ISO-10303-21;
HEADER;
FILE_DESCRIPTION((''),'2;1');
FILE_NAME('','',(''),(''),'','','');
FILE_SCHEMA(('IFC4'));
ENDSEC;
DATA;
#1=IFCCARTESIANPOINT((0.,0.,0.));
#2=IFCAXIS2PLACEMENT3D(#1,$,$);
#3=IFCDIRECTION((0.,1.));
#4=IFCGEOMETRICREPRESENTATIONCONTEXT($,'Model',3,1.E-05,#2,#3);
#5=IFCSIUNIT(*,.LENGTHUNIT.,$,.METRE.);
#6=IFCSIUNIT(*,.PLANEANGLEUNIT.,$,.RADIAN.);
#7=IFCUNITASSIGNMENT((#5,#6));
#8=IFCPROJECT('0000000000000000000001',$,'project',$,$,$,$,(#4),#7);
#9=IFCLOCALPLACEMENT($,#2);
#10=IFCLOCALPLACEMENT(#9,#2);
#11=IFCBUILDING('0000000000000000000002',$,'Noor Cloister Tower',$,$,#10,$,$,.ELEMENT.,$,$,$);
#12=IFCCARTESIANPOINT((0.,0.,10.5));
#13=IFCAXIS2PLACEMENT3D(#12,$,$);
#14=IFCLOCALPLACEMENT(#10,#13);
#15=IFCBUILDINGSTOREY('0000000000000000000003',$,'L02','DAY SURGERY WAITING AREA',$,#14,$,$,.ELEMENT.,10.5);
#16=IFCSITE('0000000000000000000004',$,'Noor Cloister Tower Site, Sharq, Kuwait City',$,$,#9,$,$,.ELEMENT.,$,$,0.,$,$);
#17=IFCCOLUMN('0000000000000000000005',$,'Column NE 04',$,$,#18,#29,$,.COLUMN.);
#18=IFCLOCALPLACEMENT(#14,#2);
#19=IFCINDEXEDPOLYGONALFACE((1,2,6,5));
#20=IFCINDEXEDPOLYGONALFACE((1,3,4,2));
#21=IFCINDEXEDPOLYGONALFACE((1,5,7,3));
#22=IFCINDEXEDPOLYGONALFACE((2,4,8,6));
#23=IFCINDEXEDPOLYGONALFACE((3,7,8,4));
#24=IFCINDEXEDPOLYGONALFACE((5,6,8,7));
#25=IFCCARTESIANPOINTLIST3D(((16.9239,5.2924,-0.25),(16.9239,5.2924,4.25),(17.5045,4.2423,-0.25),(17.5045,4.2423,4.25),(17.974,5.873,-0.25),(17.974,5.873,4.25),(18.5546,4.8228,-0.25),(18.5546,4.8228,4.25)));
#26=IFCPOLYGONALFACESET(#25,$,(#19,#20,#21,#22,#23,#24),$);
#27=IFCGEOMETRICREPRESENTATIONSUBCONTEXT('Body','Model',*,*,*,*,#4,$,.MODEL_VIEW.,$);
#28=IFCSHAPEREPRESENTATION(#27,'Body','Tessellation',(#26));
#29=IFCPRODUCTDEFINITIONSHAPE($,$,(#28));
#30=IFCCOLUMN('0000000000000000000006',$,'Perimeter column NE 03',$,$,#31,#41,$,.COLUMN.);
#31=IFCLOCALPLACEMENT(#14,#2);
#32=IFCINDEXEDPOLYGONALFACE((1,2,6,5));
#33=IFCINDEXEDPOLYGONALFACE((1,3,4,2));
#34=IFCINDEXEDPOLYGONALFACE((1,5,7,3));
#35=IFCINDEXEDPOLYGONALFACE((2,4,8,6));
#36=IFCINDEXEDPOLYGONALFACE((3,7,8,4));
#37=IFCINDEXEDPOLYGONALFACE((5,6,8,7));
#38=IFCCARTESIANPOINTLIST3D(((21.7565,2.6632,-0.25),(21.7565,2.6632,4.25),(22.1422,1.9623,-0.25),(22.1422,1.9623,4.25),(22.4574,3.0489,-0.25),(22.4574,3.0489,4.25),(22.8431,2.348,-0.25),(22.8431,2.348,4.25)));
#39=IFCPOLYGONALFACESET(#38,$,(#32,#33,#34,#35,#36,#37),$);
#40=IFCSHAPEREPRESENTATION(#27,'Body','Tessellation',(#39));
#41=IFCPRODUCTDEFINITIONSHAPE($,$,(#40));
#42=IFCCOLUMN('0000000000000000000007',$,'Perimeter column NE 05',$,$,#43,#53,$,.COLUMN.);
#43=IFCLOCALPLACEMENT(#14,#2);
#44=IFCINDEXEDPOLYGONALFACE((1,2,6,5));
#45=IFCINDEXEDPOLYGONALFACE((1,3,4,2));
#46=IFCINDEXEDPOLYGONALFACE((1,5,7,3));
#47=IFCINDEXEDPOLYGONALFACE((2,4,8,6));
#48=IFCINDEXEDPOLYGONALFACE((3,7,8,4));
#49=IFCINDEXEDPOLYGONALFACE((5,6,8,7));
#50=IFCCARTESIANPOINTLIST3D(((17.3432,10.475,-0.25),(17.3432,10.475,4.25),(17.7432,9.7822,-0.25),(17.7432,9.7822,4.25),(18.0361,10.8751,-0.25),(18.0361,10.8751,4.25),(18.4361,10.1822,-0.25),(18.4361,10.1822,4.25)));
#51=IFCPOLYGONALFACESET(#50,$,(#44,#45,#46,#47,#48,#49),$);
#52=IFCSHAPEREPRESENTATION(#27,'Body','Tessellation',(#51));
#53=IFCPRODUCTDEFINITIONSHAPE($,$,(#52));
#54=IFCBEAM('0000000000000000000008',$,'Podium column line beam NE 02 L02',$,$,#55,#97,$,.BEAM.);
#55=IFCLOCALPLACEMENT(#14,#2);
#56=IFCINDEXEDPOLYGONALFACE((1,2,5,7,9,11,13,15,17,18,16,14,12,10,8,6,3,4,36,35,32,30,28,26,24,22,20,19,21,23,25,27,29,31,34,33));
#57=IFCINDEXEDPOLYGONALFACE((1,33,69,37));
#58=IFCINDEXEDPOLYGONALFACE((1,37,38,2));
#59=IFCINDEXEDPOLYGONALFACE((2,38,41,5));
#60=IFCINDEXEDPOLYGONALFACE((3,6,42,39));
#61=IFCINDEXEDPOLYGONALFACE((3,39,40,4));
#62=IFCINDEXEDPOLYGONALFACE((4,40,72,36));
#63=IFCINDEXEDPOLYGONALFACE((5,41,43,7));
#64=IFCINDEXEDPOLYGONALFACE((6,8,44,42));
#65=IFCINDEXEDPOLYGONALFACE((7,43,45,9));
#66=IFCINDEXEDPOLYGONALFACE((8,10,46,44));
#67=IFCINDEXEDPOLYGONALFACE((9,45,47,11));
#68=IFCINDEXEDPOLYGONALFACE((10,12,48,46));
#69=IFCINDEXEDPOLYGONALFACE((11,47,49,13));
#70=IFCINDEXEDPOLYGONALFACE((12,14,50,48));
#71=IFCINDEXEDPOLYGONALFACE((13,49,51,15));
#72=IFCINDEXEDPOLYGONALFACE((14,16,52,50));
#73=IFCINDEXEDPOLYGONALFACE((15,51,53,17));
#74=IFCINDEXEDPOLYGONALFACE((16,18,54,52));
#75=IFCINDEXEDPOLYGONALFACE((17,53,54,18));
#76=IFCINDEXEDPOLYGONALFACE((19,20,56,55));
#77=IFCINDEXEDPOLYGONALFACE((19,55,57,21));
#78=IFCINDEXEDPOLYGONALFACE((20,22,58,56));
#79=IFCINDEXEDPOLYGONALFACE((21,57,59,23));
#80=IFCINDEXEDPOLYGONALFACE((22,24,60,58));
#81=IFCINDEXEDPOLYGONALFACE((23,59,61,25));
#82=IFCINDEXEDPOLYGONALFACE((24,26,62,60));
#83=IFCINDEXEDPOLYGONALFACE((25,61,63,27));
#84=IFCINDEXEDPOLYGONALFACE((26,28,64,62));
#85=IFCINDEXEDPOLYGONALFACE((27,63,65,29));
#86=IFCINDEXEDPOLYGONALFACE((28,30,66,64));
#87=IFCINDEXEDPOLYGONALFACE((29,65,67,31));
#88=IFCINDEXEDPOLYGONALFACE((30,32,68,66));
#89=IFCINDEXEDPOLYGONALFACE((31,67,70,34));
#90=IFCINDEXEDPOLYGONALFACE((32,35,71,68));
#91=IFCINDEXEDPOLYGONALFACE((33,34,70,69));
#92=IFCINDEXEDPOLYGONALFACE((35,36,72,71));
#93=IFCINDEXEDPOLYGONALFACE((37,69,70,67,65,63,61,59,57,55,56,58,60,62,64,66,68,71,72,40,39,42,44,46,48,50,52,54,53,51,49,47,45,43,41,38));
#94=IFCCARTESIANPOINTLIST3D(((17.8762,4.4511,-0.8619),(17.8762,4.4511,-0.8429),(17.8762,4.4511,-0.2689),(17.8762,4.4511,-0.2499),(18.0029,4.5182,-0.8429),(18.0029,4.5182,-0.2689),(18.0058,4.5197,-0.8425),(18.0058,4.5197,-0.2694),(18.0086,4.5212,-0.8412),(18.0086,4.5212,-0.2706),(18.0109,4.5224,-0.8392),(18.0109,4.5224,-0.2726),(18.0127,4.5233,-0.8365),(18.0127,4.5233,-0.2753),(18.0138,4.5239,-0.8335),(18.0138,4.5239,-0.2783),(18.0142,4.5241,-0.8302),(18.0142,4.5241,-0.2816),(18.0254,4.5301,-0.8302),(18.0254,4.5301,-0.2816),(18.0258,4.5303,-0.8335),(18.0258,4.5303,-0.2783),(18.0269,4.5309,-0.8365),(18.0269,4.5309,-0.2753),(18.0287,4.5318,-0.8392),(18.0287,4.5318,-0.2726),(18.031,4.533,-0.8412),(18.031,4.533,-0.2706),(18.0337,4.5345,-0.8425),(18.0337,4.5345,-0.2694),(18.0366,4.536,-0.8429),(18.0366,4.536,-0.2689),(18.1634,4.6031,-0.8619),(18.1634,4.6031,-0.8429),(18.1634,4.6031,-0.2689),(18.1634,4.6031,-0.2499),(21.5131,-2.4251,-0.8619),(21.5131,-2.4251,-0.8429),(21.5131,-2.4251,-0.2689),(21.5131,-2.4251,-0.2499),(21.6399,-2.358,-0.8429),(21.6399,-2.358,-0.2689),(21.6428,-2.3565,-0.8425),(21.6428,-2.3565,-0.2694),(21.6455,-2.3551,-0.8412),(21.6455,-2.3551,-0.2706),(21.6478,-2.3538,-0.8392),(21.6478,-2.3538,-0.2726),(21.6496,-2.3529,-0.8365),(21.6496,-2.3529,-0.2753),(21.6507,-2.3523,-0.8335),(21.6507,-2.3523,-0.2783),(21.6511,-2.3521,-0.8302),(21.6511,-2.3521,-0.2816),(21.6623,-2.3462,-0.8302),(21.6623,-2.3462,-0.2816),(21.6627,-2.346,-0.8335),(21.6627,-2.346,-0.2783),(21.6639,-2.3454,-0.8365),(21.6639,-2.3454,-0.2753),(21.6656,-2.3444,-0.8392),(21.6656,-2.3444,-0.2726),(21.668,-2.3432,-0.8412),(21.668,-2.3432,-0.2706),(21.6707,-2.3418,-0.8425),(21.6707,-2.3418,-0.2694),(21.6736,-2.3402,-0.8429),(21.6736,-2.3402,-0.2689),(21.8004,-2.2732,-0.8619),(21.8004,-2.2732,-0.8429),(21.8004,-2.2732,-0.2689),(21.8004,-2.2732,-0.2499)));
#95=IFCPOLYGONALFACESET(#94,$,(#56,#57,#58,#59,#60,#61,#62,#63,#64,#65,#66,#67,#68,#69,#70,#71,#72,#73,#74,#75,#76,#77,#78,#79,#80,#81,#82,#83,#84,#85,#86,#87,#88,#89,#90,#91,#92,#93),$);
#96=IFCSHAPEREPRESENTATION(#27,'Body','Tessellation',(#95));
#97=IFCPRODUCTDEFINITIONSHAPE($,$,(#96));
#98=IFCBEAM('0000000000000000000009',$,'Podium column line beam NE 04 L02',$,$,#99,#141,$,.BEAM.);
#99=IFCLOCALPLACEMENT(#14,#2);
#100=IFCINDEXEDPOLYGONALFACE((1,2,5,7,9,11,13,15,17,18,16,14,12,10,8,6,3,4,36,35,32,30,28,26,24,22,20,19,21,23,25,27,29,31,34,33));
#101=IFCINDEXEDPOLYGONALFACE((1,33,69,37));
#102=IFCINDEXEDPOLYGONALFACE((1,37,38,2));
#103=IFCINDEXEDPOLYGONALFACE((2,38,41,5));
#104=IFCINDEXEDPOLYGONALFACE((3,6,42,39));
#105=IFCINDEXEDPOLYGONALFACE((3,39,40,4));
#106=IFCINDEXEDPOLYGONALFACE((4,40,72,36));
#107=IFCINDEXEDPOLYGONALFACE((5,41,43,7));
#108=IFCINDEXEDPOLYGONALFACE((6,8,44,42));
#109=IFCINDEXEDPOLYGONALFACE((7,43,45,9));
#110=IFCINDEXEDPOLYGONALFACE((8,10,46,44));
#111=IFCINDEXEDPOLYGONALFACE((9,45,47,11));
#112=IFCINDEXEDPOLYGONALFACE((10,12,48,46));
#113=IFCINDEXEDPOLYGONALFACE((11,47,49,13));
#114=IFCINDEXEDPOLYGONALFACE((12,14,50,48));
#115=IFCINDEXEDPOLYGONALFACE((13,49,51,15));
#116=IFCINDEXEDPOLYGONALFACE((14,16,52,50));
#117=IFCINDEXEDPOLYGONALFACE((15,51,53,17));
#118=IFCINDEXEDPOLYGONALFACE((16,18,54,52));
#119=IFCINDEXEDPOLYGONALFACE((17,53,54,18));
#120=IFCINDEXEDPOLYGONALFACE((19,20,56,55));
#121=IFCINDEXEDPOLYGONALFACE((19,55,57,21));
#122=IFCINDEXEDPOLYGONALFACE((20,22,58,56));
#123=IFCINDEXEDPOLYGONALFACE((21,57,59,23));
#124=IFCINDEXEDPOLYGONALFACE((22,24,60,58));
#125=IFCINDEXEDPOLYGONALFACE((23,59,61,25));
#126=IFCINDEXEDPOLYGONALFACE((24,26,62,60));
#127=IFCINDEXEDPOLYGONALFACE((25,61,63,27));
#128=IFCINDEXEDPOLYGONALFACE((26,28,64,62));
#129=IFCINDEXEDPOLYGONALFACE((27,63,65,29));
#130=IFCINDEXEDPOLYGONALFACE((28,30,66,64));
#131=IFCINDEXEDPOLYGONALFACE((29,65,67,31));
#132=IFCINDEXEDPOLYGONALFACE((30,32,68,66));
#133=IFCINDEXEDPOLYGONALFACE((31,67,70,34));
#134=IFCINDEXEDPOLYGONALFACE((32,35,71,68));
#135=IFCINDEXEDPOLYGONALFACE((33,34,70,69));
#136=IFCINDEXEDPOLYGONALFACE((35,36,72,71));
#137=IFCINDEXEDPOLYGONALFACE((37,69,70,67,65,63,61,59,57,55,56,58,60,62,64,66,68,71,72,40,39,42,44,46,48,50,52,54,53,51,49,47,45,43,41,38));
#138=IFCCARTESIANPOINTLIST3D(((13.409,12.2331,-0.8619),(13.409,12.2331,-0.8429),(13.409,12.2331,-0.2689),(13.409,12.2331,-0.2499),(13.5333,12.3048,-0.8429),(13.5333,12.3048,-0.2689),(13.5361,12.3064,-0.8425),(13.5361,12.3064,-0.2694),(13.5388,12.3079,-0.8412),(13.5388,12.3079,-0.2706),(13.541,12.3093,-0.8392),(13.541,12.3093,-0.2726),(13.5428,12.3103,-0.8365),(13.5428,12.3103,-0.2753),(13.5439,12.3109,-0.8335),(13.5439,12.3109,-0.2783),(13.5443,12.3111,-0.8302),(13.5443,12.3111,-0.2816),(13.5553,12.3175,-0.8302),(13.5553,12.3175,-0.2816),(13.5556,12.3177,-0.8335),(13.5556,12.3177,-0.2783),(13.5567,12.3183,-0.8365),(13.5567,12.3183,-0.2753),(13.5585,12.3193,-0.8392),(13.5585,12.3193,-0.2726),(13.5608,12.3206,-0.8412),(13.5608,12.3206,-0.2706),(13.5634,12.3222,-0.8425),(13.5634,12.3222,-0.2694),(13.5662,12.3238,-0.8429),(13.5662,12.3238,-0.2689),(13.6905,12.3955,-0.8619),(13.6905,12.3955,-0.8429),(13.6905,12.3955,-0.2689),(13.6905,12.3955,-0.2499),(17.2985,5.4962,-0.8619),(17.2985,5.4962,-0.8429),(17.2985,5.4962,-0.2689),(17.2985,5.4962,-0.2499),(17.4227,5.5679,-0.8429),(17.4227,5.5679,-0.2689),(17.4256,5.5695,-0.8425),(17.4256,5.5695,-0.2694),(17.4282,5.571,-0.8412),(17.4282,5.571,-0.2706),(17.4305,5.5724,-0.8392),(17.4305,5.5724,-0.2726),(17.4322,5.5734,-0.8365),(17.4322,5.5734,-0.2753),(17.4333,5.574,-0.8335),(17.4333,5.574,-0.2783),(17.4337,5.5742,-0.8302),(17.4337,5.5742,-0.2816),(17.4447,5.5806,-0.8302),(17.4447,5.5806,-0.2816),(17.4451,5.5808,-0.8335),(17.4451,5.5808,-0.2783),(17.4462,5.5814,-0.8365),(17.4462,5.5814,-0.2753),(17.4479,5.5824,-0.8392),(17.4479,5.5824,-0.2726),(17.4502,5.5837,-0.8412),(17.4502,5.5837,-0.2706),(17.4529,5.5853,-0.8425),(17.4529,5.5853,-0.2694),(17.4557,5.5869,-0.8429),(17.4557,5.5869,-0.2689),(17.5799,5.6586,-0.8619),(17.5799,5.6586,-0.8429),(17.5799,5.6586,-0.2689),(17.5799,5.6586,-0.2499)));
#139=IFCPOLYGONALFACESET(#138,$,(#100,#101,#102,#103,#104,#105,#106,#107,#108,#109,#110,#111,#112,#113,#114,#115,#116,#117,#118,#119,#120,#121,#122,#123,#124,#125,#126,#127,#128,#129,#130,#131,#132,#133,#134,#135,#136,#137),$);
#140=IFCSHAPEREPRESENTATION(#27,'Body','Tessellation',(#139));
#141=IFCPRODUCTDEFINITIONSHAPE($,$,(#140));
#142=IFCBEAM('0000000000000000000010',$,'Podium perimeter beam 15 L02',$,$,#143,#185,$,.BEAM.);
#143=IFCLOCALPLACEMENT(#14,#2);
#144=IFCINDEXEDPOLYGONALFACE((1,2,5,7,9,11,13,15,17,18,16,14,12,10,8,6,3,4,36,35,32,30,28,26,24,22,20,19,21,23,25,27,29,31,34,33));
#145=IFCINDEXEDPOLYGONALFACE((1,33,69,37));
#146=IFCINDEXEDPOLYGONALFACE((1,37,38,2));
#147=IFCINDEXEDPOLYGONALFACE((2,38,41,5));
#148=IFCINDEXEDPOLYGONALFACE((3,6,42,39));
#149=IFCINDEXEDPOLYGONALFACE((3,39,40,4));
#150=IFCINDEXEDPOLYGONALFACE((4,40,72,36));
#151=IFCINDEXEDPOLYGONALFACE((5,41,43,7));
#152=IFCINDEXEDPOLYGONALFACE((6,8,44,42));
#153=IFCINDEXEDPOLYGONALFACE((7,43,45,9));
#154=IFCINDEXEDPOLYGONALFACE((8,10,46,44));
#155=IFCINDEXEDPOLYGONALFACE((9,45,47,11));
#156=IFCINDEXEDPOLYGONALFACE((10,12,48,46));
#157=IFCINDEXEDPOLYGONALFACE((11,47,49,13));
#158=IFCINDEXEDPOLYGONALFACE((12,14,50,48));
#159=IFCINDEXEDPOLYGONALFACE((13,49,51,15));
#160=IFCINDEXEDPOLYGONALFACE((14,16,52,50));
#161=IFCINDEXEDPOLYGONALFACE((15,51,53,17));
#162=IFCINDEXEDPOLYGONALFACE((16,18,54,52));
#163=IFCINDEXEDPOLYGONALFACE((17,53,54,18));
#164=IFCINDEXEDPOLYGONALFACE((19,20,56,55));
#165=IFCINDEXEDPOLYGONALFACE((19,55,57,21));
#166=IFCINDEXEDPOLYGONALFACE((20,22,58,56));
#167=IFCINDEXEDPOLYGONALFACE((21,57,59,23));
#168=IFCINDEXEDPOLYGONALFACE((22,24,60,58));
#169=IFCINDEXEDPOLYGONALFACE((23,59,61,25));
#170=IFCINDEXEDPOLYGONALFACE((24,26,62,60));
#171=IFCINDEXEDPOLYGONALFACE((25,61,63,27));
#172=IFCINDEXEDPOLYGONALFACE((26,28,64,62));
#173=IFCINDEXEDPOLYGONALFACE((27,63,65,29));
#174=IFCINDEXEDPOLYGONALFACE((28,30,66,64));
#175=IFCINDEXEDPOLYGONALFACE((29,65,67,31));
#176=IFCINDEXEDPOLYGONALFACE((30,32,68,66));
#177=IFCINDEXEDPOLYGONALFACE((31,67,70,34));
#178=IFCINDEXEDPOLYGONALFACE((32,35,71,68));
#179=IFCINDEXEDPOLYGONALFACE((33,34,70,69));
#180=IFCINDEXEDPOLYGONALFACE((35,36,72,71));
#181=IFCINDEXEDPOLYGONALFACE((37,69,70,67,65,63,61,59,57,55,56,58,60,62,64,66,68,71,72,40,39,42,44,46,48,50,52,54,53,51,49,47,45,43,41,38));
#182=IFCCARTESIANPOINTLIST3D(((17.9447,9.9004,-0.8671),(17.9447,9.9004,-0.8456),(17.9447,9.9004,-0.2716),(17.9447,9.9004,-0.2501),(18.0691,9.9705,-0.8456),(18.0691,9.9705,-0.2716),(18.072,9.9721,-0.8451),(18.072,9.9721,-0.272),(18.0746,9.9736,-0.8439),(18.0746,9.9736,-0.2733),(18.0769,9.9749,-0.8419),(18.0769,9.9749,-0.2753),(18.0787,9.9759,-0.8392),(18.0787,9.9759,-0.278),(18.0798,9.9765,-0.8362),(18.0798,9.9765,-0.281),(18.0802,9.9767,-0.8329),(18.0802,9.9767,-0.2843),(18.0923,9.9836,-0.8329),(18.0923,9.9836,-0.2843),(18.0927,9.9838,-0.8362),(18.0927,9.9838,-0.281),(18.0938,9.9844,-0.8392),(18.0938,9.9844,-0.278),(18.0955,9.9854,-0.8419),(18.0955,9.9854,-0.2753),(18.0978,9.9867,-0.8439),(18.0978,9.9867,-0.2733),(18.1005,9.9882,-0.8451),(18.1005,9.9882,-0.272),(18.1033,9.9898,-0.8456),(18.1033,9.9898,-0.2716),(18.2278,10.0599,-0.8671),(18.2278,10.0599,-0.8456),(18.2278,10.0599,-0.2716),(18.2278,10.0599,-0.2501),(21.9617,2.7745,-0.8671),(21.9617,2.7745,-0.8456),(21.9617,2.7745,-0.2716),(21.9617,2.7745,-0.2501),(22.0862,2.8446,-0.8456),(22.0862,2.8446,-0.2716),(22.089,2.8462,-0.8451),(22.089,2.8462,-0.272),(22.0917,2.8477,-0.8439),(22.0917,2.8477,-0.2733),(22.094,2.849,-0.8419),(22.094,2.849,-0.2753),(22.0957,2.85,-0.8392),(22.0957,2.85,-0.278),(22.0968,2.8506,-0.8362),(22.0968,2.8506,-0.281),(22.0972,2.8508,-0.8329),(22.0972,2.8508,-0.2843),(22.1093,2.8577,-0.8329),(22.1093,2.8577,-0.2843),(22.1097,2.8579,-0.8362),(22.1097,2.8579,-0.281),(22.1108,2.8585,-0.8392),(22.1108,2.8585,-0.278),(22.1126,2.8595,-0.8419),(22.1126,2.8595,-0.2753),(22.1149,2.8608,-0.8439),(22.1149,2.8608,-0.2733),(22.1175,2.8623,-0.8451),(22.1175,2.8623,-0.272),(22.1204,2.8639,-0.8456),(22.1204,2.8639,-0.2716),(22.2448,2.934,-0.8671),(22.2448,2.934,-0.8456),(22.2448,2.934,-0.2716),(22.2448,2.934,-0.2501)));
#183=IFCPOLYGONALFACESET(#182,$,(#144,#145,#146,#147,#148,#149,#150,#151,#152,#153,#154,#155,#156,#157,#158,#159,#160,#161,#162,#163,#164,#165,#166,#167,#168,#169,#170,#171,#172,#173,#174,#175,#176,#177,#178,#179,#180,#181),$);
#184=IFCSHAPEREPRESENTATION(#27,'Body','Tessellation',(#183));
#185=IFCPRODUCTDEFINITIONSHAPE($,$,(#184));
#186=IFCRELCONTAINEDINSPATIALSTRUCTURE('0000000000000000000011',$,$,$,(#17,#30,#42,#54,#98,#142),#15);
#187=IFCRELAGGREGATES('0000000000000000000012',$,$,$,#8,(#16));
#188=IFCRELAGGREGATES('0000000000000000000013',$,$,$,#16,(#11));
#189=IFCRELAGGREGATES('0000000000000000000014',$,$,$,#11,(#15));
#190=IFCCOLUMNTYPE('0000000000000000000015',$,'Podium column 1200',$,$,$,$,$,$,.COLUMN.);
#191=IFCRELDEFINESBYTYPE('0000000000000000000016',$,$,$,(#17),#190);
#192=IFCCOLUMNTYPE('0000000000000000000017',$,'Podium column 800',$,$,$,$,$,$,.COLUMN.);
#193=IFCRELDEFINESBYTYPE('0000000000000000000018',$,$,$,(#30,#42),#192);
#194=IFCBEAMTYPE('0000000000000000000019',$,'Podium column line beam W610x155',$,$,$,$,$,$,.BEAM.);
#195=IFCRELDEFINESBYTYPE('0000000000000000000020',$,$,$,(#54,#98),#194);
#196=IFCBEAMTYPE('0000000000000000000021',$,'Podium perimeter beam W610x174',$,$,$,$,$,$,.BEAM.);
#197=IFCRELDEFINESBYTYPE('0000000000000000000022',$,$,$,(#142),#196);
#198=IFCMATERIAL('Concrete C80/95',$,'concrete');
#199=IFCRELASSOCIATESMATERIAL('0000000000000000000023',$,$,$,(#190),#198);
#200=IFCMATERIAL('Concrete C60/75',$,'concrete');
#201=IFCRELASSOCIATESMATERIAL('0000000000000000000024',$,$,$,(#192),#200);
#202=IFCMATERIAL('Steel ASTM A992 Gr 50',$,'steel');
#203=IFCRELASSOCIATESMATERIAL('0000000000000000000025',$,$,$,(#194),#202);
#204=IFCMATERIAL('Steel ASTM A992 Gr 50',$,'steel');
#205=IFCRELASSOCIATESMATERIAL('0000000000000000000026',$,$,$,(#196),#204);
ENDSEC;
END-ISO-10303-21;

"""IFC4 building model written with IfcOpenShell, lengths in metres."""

from ifc_helpers import new_model, si_unit, direction, frame, origin, origin_2d, place, context, subcontext, project, spatial, rectangle, i_section, extrude, material, material_profile, profile_set, type_object, element, save


model = new_model("IFC4")

# Units and contexts
model_context = context("Model", 3, precision=1e-05, world=origin(), true_north=direction((0.0, 1.0)))
body_context = subcontext(model_context, "Body", "Model", "MODEL_VIEW")
ifc_project = project(units=[si_unit("LENGTHUNIT", "METRE"), si_unit("PLANEANGLEUNIT", "RADIAN")], contexts=[model_context])

# Site, building, storey
site_placement = place(None, origin())
site = spatial("IfcSite", under=ifc_project, at=site_placement, Name="Noor Cloister Tower Site, Sharq, Kuwait City", CompositionType="ELEMENT", RefElevation=0.0)
building_placement = place(site_placement, origin())
building = spatial("IfcBuilding", under=site, at=building_placement, Name="Noor Cloister Tower", CompositionType="ELEMENT")
storey_placement = place(building_placement, frame((0.0, 0.0, 10.5)))
storey = spatial("IfcBuildingStorey", under=building, at=storey_placement, Name="L02", Description="DAY SURGERY WAITING AREA", CompositionType="ELEMENT", Elevation=10.5)

# Columns
ifc_material_1 = material(Name="Concrete C80/95", Category="concrete")
ifc_material_profile_1 = material_profile(ifc_material_1, rectangle(XDim=1.2, YDim=1.2, at=origin_2d()), Name="Podium column 1200")
ifc_profile_set_1 = profile_set([ifc_material_profile_1], Name="Concrete C80/95")
column_type_1 = type_object("IfcColumnType", Name="Podium column 1200", PredefinedType="COLUMN", material=ifc_profile_set_1)
column_placement = place(storey_placement, frame((17.7393, 5.0576, -0.25), z_axis=(0.0, 0.0, 1.0), x_axis=(0.875153, 0.483847, 0.0)))
element("IfcColumn", 1, at=column_placement, inside=storey, type_object=column_type_1, Name="Column NE 04", PredefinedType="COLUMN", context=body_context, shape_type="SweptSolid", body=[
    extrude(rectangle(XDim=1.2, YDim=1.2, at=origin_2d()), origin(), (0.0, 0.0, 1.0), 4.5),
])
ifc_material_2 = material(Name="Concrete C60/75", Category="concrete")
ifc_material_profile_2 = material_profile(ifc_material_2, rectangle(XDim=0.8, YDim=0.8, at=origin_2d()), Name="Podium column 800")
ifc_profile_set_2 = profile_set([ifc_material_profile_2], Name="Concrete C60/75")
column_type_2 = type_object("IfcColumnType", Name="Podium column 800", PredefinedType="COLUMN", material=ifc_profile_set_2)
for number, where, z_axis, x_axis, name in (
    (2, (22.2998, 2.5056, -0.25), (0.0, 0.0, 1.0), (0.876111, 0.482109, 0.0), "Perimeter column NE 03"),
    (3, (17.8896, 10.3286, -0.25), (0.0, 0.0, 1.0), (0.866025, 0.5, 0.0), "Perimeter column NE 05"),
):
    element("IfcColumn", number, at=place(storey_placement, frame(where, z_axis=z_axis, x_axis=x_axis)), inside=storey, type_object=column_type_2, Name=name, PredefinedType="COLUMN", context=body_context, shape_type="SweptSolid", body=[
        extrude(rectangle(XDim=0.8, YDim=0.8, at=origin_2d()), origin(), (0.0, 0.0, 1.0), 4.5),
    ])

# Beams
ifc_material_3 = material(Name="Steel ASTM A992 Gr 50", Category="steel")
ifc_material_profile_3 = material_profile(ifc_material_3, i_section(OverallWidth=0.325, OverallDepth=0.6121, WebThickness=0.0127, FlangeThickness=0.019, FilletRadius=0.0127, at=origin_2d()), Name="W610x155")
ifc_profile_set_3 = profile_set([ifc_material_profile_3], Name="Steel ASTM A992 Gr 50")
beam_type_1 = type_object("IfcBeamType", Name="Podium column line beam W610x155", PredefinedType="BEAM", material=ifc_profile_set_3)
beam_1_placement = place(storey_placement, frame((21.6567, -2.3491, -0.5559), z_axis=(-0.467547, 0.883968, 0.0), x_axis=(-0.883968, -0.467547, 0.0)))
element("IfcBeam", 4, at=beam_1_placement, inside=storey, type_object=beam_type_1, Name="Podium column line beam NE 02 L02", PredefinedType="BEAM", context=body_context, shape_type="SweptSolid", body=[
    extrude(i_section(OverallWidth=0.325, OverallDepth=0.6121, WebThickness=0.0127, FlangeThickness=0.019, FilletRadius=0.0127, at=origin_2d()), origin(), (0.0, 0.0, 1.0), 7.7788),
])
beam_2_placement = place(storey_placement, frame((17.4392, 5.5774, -0.5559), z_axis=(-0.499991, 0.866031, 0.0), x_axis=(-0.866031, -0.499991, 0.0)))
element("IfcBeam", 5, at=beam_2_placement, inside=storey, type_object=beam_type_1, Name="Podium column line beam NE 04 L02", PredefinedType="BEAM", context=body_context, shape_type="SweptSolid", body=[
    extrude(i_section(OverallWidth=0.325, OverallDepth=0.6121, WebThickness=0.0127, FlangeThickness=0.019, FilletRadius=0.0127, at=origin_2d()), origin(), (0.0, 0.0, 1.0), 7.7791),
])
ifc_material_4 = material(Name="Steel ASTM A992 Gr 50", Category="steel")
ifc_material_profile_4 = material_profile(ifc_material_4, i_section(OverallWidth=0.325, OverallDepth=0.6169, WebThickness=0.0139, FlangeThickness=0.0215, FilletRadius=0.0127, at=origin_2d()), Name="W610x174")
ifc_profile_set_4 = profile_set([ifc_material_profile_4], Name="Steel ASTM A992 Gr 50")
beam_type_2 = type_object("IfcBeamType", Name="Podium perimeter beam W610x174", PredefinedType="BEAM", material=ifc_profile_set_4)
for number, where, z_axis, x_axis, name in (
    (6, (22.1033, 2.8542, -0.5586), (-0.491072, 0.871119, 0.0), (-0.871119, -0.491072, 0.0), "Podium perimeter beam 15 L02"),
):
    element("IfcBeam", number, at=place(storey_placement, frame(where, z_axis=z_axis, x_axis=x_axis)), inside=storey, type_object=beam_type_2, Name=name, PredefinedType="BEAM", context=body_context, shape_type="SweptSolid", body=[
        extrude(i_section(OverallWidth=0.325, OverallDepth=0.6169, WebThickness=0.0139, FlangeThickness=0.0215, FilletRadius=0.0127, at=origin_2d()), origin(), (0.0, 0.0, 1.0), 8.1802),
    ])

save(model, "model.ifc")
